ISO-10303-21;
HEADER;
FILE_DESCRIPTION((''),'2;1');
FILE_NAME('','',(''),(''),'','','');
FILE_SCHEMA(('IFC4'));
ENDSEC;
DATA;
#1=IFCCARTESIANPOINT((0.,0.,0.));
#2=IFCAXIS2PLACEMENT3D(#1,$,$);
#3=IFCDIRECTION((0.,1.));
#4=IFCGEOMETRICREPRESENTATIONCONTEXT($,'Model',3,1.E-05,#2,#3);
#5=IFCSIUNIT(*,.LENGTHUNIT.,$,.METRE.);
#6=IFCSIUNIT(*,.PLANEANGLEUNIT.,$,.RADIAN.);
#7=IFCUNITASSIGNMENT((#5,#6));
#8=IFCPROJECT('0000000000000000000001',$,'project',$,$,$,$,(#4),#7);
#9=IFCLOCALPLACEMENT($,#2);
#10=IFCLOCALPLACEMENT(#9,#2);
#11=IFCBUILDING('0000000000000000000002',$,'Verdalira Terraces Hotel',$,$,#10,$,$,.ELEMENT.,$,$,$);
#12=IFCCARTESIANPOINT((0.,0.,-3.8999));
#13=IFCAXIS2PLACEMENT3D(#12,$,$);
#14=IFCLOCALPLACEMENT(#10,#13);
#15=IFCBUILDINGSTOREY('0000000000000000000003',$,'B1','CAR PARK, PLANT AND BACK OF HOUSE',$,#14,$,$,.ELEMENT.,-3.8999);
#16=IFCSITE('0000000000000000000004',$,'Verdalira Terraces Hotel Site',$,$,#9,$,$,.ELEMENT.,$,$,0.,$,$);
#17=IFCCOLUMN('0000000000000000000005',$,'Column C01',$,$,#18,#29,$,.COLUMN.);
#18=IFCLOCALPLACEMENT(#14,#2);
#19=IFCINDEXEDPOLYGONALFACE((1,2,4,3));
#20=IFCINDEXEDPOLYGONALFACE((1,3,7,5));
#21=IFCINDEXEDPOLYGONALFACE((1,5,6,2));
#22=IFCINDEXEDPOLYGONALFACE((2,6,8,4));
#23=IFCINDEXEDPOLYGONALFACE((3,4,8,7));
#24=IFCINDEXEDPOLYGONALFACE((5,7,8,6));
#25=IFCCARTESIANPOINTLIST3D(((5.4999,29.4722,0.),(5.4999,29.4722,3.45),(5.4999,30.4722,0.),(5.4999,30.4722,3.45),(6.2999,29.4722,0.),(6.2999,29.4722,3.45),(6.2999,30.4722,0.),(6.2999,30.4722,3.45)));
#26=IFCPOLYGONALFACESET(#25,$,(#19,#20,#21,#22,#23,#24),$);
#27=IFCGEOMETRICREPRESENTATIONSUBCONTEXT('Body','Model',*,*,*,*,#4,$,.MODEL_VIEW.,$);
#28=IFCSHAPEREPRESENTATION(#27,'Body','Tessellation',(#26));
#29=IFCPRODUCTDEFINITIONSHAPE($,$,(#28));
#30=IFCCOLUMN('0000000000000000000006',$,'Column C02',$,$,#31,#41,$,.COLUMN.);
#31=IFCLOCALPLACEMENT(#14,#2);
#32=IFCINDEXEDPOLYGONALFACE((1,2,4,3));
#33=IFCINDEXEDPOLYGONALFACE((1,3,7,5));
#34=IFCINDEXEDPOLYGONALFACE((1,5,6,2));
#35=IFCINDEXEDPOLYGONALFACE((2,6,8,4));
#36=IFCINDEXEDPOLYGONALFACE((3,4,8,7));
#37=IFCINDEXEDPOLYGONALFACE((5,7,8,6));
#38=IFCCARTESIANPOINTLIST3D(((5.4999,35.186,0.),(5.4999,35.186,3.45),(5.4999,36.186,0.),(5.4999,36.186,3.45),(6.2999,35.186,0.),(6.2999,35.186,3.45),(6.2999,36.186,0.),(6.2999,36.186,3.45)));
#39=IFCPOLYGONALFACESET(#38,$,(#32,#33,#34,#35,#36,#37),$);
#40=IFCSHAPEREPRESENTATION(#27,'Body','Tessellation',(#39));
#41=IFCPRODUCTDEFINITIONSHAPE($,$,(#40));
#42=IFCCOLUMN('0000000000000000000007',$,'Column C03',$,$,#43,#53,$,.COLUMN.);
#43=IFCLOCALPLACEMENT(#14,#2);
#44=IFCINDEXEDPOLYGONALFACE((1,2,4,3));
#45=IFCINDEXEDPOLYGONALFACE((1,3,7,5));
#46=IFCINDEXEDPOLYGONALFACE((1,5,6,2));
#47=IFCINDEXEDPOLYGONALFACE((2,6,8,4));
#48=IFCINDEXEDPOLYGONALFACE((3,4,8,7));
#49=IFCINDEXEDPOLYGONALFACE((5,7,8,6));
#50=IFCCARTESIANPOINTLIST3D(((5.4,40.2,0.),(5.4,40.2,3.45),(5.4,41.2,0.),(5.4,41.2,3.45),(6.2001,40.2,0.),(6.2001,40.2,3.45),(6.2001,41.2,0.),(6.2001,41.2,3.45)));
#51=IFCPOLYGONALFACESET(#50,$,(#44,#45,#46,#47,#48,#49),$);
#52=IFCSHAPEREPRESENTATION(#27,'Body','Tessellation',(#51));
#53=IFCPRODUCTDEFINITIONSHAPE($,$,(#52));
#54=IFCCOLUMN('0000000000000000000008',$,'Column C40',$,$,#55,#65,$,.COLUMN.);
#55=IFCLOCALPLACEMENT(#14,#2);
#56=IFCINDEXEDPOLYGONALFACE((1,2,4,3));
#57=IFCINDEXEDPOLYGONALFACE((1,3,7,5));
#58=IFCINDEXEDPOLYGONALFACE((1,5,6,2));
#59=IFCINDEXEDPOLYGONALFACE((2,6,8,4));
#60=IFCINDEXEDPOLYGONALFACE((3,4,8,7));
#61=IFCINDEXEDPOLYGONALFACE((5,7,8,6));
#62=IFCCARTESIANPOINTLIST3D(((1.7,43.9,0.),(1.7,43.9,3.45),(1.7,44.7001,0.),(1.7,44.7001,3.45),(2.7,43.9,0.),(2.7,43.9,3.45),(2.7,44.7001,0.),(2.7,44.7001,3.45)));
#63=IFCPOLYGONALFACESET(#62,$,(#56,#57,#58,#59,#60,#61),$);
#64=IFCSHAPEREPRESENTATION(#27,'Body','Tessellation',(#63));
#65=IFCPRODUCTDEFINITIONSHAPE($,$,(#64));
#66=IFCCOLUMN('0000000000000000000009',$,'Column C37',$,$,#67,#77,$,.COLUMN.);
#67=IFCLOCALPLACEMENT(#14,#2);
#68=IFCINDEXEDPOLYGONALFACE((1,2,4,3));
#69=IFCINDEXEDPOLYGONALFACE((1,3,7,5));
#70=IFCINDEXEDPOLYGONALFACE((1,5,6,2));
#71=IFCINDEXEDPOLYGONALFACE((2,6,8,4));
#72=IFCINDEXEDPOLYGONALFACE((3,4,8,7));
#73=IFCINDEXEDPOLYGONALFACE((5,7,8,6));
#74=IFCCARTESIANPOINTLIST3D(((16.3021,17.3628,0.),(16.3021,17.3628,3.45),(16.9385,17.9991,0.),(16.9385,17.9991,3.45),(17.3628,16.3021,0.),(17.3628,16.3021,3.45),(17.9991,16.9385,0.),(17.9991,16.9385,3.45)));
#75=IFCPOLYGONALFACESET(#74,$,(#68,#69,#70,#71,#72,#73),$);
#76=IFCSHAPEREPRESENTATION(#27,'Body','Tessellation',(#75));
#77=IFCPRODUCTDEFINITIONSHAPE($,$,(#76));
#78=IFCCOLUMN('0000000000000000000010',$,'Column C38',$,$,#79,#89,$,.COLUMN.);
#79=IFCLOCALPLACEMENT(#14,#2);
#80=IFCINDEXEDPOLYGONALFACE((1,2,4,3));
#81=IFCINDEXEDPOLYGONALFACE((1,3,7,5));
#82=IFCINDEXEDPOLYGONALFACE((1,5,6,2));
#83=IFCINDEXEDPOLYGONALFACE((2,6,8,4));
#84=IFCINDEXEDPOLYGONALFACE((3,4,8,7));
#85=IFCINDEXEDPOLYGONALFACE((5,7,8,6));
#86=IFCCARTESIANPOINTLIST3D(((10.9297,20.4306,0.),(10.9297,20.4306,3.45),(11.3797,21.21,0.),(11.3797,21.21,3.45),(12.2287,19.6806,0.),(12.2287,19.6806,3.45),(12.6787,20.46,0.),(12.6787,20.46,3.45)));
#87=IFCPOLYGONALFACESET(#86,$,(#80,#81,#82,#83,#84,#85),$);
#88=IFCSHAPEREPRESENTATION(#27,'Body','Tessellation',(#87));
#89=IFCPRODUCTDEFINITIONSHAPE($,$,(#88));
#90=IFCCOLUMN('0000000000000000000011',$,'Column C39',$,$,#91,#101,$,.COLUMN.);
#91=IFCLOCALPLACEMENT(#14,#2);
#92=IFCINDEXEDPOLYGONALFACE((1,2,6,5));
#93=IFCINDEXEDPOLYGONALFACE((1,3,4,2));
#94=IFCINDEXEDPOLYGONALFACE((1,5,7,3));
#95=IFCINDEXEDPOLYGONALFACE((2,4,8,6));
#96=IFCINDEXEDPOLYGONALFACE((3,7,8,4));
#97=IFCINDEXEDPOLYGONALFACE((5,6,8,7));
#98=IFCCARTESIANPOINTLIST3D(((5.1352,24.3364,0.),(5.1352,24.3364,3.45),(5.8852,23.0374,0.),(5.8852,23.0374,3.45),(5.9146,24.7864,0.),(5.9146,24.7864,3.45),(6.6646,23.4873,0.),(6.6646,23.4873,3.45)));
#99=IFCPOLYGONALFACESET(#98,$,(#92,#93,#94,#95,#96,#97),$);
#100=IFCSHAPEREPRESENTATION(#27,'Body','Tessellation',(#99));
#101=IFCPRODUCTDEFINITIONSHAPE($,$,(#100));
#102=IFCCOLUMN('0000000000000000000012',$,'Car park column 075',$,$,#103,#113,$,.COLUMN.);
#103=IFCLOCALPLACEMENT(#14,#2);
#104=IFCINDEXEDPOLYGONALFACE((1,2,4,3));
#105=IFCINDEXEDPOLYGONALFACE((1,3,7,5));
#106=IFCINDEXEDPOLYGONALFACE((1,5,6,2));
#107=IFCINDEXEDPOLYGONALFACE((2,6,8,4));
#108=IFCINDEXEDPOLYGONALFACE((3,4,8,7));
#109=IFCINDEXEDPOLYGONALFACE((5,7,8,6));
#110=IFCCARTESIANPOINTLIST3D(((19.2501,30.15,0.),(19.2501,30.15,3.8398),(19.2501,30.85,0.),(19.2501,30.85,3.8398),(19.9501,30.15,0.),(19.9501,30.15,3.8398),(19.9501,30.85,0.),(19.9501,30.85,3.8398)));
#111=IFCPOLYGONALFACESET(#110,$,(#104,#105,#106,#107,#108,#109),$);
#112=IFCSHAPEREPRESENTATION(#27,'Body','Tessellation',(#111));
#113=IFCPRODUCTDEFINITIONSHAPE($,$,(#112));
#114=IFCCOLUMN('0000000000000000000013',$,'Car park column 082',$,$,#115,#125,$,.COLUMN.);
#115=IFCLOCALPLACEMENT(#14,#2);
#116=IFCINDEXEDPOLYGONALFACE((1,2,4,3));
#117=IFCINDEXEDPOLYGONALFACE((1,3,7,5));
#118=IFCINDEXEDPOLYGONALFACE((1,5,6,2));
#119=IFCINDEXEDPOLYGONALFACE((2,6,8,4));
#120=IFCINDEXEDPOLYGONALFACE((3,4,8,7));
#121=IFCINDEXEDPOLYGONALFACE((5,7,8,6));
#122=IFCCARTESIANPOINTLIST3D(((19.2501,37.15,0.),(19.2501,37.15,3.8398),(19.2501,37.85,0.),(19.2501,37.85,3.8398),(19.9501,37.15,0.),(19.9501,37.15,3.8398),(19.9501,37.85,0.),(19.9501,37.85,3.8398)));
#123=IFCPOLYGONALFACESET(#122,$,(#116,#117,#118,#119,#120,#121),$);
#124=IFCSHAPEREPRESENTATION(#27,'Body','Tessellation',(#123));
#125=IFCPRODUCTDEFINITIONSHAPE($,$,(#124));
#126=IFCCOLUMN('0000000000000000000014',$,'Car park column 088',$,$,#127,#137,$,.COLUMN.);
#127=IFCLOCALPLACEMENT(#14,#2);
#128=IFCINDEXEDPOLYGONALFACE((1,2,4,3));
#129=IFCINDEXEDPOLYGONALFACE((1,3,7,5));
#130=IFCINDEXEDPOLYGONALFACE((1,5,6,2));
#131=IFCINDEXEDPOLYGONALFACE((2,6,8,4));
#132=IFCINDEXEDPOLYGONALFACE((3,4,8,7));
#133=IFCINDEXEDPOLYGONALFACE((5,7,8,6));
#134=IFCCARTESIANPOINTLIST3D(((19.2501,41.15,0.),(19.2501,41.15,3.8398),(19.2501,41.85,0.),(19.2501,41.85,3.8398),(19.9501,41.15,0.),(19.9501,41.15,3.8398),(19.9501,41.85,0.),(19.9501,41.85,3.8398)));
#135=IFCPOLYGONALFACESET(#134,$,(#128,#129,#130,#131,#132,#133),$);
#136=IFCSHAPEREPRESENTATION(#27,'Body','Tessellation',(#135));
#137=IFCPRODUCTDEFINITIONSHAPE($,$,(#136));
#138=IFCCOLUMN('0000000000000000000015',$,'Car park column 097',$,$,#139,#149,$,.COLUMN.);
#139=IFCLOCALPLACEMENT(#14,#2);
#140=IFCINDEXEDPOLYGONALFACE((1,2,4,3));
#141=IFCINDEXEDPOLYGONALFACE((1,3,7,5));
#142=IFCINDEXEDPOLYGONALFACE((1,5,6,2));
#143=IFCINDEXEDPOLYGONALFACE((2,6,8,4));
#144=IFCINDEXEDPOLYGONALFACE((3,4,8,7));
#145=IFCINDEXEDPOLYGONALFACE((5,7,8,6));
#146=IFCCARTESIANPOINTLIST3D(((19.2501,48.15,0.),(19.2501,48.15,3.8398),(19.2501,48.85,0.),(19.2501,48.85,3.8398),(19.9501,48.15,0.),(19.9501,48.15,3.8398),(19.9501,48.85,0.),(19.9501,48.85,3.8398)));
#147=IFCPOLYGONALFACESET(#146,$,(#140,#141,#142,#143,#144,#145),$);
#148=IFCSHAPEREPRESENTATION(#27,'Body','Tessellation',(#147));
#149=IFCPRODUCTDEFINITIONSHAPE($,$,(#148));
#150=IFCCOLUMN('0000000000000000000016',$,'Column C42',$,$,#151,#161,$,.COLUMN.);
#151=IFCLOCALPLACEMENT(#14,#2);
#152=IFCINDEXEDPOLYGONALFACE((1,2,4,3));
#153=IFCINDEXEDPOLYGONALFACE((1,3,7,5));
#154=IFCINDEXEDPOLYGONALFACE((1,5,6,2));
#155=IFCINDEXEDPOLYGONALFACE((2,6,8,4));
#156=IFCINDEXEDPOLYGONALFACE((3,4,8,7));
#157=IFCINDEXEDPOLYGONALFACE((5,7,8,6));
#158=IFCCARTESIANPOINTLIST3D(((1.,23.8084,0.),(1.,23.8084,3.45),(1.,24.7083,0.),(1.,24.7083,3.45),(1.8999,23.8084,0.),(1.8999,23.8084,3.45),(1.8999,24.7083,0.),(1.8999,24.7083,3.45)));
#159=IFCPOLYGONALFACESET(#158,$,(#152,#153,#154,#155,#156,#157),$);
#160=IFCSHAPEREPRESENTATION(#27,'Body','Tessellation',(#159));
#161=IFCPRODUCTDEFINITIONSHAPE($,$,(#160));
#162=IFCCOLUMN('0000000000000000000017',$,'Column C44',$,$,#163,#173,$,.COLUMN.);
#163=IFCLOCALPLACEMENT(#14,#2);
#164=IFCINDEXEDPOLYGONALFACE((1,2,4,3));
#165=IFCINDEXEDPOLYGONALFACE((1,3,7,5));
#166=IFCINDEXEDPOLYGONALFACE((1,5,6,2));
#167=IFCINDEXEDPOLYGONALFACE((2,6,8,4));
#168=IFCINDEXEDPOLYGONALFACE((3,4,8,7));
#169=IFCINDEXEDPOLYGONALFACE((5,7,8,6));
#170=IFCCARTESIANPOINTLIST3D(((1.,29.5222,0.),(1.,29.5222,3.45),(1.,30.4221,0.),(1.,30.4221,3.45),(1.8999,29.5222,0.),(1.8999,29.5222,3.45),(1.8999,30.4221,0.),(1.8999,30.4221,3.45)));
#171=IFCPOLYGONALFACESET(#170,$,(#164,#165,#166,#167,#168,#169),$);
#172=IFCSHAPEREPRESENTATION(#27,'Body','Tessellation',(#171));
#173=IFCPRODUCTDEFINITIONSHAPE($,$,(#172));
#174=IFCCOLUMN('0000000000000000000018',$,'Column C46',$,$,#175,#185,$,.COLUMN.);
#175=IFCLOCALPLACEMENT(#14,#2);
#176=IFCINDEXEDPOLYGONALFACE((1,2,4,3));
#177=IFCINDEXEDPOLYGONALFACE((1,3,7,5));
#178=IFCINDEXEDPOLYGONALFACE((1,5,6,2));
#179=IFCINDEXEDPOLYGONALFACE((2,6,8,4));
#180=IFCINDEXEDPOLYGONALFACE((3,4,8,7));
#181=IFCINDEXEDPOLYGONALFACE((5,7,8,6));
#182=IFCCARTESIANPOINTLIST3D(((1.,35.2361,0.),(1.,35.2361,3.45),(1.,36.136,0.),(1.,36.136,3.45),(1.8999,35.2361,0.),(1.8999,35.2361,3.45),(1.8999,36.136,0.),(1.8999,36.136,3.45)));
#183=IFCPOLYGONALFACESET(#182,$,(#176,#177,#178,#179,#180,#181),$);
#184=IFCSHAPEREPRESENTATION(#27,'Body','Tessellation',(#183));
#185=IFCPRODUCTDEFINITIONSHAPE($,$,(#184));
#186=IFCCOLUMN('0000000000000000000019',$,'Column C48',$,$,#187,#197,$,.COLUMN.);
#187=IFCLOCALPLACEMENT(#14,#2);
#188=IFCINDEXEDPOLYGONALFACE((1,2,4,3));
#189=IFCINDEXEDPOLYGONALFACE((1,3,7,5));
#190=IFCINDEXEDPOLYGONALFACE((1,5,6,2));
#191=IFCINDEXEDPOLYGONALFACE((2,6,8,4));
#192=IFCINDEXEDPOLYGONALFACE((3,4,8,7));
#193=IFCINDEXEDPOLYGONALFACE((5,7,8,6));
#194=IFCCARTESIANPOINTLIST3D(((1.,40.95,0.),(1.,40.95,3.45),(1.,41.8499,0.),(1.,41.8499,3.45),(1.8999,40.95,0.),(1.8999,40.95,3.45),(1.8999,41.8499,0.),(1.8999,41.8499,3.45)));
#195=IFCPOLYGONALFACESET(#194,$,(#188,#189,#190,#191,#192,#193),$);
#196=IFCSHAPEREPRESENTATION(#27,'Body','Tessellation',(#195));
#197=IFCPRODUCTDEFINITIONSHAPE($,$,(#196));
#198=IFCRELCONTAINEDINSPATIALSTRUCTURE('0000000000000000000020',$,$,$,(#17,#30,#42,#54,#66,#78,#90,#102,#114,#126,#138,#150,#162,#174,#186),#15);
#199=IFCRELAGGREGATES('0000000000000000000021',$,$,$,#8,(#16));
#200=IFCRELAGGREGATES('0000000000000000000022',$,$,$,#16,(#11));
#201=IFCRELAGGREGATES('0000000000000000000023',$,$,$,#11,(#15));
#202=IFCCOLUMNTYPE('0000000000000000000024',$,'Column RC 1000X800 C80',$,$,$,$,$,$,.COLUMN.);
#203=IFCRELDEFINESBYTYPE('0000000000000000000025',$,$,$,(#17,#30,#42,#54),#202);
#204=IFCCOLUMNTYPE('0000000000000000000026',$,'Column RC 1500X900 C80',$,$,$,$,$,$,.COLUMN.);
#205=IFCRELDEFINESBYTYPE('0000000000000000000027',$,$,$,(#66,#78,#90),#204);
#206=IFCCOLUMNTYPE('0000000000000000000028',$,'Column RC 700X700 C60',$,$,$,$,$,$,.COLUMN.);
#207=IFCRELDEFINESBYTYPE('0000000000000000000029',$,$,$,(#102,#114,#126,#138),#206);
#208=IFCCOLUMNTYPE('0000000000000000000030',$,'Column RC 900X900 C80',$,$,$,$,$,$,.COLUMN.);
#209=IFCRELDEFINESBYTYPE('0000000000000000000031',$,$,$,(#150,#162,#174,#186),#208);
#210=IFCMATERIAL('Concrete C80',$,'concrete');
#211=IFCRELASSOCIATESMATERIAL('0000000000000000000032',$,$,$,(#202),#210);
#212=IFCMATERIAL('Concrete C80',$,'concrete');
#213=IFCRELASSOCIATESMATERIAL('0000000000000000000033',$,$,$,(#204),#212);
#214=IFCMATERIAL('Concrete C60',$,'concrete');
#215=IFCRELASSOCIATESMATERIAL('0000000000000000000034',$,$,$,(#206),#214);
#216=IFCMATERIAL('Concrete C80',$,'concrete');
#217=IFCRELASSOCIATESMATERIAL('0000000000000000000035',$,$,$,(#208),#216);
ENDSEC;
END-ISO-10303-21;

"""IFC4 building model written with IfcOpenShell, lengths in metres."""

from ifc_helpers import new_model, si_unit, direction, frame, origin, origin_2d, place, context, subcontext, project, spatial, rectangle, extrude, material, material_profile, profile_set, type_object, element, save


model = new_model("IFC4")

# Units and contexts
model_context = context("Model", 3, precision=1e-05, world=origin(), true_north=direction((0.0, 1.0)))
body_context = subcontext(model_context, "Body", "Model", "MODEL_VIEW")
ifc_project = project(units=[si_unit("LENGTHUNIT", "METRE"), si_unit("PLANEANGLEUNIT", "RADIAN")], contexts=[model_context])

# Site, building, storey
site_placement = place(None, origin())
site = spatial("IfcSite", under=ifc_project, at=site_placement, Name="Verdalira Terraces Hotel Site", CompositionType="ELEMENT", RefElevation=0.0)
building_placement = place(site_placement, origin())
building = spatial("IfcBuilding", under=site, at=building_placement, Name="Verdalira Terraces Hotel", CompositionType="ELEMENT")
storey_placement = place(building_placement, frame((0.0, 0.0, -3.8999)))
storey = spatial("IfcBuildingStorey", under=building, at=storey_placement, Name="B1", Description="CAR PARK, PLANT AND BACK OF HOUSE", CompositionType="ELEMENT", Elevation=-3.8999)

# Columns
ifc_material_1 = material(Name="Concrete C80", Category="concrete")
ifc_material_profile_1 = material_profile(ifc_material_1, rectangle(XDim=1.0, YDim=0.8, at=origin_2d()), Name="RC 1000X800")
ifc_profile_set_1 = profile_set([ifc_material_profile_1], Name="Concrete C80")
column_type_1 = type_object("IfcColumnType", Name="Column RC 1000X800 C80", PredefinedType="COLUMN", material=ifc_profile_set_1)
for number, where, z_axis, x_axis, name in (
    (1, (5.8999, 29.9722, 0.0), (0.0, 0.0, 1.0), (0.0, 1.0, 0.0), "Column C01"),
    (2, (5.8999, 35.686, 0.0), (0.0, 0.0, 1.0), (0.0, 1.0, 0.0), "Column C02"),
    (3, (5.8, 40.7, 0.0), (0.0, 0.0, 1.0), (0.0, 1.0, 0.0), "Column C03"),
    (4, (2.2, 44.3, 0.0), (0.0, 0.0, 1.0), (-1.0, 0.0, 0.0), "Column C40"),
):
    element("IfcColumn", number, at=place(storey_placement, frame(where, z_axis=z_axis, x_axis=x_axis)), inside=storey, type_object=column_type_1, Name=name, PredefinedType="COLUMN", context=body_context, shape_type="SweptSolid", body=[
        extrude(rectangle(XDim=1.0, YDim=0.8, at=origin_2d()), origin(), (0.0, 0.0, 1.0), 3.45),
    ])
ifc_material_2 = material(Name="Concrete C80", Category="concrete")
ifc_material_profile_2 = material_profile(ifc_material_2, rectangle(XDim=1.5, YDim=0.8999, at=origin_2d()), Name="RC 1500X900")
ifc_profile_set_2 = profile_set([ifc_material_profile_2], Name="Concrete C80")
column_type_2 = type_object("IfcColumnType", Name="Column RC 1500X900 C80", PredefinedType="COLUMN", material=ifc_profile_set_2)
for number, where, z_axis, x_axis, name in (
    (5, (17.1506, 17.1506, 0.0), (0.0, 0.0, 1.0), (0.707107, -0.707107, 0.0), "Column C37"),
    (6, (11.8042, 20.4453, 0.0), (0.0, 0.0, 1.0), (-0.866025, 0.5, 0.0), "Column C38"),
    (7, (5.8999, 23.9119, 0.0), (0.0, 0.0, 1.0), (0.5, -0.866025, 0.0), "Column C39"),
):
    element("IfcColumn", number, at=place(storey_placement, frame(where, z_axis=z_axis, x_axis=x_axis)), inside=storey, type_object=column_type_2, Name=name, PredefinedType="COLUMN", context=body_context, shape_type="SweptSolid", body=[
        extrude(rectangle(XDim=1.5, YDim=0.8999, at=origin_2d()), origin(), (0.0, 0.0, 1.0), 3.45),
    ])
ifc_material_3 = material(Name="Concrete C60", Category="concrete")
ifc_material_profile_3 = material_profile(ifc_material_3, rectangle(XDim=0.7, YDim=0.7, at=origin_2d()), Name="RC 700X700")
ifc_profile_set_3 = profile_set([ifc_material_profile_3], Name="Concrete C60")
column_type_3 = type_object("IfcColumnType", Name="Column RC 700X700 C60", PredefinedType="COLUMN", material=ifc_profile_set_3)
for number, where, z_axis, x_axis, name in (
    (8, (19.6001, 30.5, 0.0), (0.0, 0.0, 1.0), (1.0, 0.0, 0.0), "Car park column 075"),
    (9, (19.6001, 37.5, 0.0), (0.0, 0.0, 1.0), (1.0, 0.0, 0.0), "Car park column 082"),
    (10, (19.6001, 41.5, 0.0), (0.0, 0.0, 1.0), (1.0, 0.0, 0.0), "Car park column 088"),
    (11, (19.6001, 48.5, 0.0), (0.0, 0.0, 1.0), (1.0, 0.0, 0.0), "Car park column 097"),
):
    element("IfcColumn", number, at=place(storey_placement, frame(where, z_axis=z_axis, x_axis=x_axis)), inside=storey, type_object=column_type_3, Name=name, PredefinedType="COLUMN", context=body_context, shape_type="SweptSolid", body=[
        extrude(rectangle(XDim=0.7, YDim=0.7, at=origin_2d()), origin(), (0.0, 0.0, 1.0), 3.8398),
    ])
ifc_material_4 = material(Name="Concrete C80", Category="concrete")
ifc_material_profile_4 = material_profile(ifc_material_4, rectangle(XDim=0.8999, YDim=0.8999, at=origin_2d()), Name="RC 900X900")
ifc_profile_set_4 = profile_set([ifc_material_profile_4], Name="Concrete C80")
column_type_4 = type_object("IfcColumnType", Name="Column RC 900X900 C80", PredefinedType="COLUMN", material=ifc_profile_set_4)
for number, where, z_axis, x_axis, name in (
    (12, (1.45, 24.2583, 0.0), (0.0, 0.0, 1.0), (0.0, 1.0, 0.0), "Column C42"),
    (13, (1.45, 29.9722, 0.0), (0.0, 0.0, 1.0), (0.0, 1.0, 0.0), "Column C44"),
    (14, (1.45, 35.686, 0.0), (0.0, 0.0, 1.0), (0.0, 1.0, 0.0), "Column C46"),
    (15, (1.45, 41.3999, 0.0), (0.0, 0.0, 1.0), (0.0, 1.0, 0.0), "Column C48"),
):
    element("IfcColumn", number, at=place(storey_placement, frame(where, z_axis=z_axis, x_axis=x_axis)), inside=storey, type_object=column_type_4, Name=name, PredefinedType="COLUMN", context=body_context, shape_type="SweptSolid", body=[
        extrude(rectangle(XDim=0.8999, YDim=0.8999, at=origin_2d()), origin(), (0.0, 0.0, 1.0), 3.45),
    ])

save(model, "model.ifc")
